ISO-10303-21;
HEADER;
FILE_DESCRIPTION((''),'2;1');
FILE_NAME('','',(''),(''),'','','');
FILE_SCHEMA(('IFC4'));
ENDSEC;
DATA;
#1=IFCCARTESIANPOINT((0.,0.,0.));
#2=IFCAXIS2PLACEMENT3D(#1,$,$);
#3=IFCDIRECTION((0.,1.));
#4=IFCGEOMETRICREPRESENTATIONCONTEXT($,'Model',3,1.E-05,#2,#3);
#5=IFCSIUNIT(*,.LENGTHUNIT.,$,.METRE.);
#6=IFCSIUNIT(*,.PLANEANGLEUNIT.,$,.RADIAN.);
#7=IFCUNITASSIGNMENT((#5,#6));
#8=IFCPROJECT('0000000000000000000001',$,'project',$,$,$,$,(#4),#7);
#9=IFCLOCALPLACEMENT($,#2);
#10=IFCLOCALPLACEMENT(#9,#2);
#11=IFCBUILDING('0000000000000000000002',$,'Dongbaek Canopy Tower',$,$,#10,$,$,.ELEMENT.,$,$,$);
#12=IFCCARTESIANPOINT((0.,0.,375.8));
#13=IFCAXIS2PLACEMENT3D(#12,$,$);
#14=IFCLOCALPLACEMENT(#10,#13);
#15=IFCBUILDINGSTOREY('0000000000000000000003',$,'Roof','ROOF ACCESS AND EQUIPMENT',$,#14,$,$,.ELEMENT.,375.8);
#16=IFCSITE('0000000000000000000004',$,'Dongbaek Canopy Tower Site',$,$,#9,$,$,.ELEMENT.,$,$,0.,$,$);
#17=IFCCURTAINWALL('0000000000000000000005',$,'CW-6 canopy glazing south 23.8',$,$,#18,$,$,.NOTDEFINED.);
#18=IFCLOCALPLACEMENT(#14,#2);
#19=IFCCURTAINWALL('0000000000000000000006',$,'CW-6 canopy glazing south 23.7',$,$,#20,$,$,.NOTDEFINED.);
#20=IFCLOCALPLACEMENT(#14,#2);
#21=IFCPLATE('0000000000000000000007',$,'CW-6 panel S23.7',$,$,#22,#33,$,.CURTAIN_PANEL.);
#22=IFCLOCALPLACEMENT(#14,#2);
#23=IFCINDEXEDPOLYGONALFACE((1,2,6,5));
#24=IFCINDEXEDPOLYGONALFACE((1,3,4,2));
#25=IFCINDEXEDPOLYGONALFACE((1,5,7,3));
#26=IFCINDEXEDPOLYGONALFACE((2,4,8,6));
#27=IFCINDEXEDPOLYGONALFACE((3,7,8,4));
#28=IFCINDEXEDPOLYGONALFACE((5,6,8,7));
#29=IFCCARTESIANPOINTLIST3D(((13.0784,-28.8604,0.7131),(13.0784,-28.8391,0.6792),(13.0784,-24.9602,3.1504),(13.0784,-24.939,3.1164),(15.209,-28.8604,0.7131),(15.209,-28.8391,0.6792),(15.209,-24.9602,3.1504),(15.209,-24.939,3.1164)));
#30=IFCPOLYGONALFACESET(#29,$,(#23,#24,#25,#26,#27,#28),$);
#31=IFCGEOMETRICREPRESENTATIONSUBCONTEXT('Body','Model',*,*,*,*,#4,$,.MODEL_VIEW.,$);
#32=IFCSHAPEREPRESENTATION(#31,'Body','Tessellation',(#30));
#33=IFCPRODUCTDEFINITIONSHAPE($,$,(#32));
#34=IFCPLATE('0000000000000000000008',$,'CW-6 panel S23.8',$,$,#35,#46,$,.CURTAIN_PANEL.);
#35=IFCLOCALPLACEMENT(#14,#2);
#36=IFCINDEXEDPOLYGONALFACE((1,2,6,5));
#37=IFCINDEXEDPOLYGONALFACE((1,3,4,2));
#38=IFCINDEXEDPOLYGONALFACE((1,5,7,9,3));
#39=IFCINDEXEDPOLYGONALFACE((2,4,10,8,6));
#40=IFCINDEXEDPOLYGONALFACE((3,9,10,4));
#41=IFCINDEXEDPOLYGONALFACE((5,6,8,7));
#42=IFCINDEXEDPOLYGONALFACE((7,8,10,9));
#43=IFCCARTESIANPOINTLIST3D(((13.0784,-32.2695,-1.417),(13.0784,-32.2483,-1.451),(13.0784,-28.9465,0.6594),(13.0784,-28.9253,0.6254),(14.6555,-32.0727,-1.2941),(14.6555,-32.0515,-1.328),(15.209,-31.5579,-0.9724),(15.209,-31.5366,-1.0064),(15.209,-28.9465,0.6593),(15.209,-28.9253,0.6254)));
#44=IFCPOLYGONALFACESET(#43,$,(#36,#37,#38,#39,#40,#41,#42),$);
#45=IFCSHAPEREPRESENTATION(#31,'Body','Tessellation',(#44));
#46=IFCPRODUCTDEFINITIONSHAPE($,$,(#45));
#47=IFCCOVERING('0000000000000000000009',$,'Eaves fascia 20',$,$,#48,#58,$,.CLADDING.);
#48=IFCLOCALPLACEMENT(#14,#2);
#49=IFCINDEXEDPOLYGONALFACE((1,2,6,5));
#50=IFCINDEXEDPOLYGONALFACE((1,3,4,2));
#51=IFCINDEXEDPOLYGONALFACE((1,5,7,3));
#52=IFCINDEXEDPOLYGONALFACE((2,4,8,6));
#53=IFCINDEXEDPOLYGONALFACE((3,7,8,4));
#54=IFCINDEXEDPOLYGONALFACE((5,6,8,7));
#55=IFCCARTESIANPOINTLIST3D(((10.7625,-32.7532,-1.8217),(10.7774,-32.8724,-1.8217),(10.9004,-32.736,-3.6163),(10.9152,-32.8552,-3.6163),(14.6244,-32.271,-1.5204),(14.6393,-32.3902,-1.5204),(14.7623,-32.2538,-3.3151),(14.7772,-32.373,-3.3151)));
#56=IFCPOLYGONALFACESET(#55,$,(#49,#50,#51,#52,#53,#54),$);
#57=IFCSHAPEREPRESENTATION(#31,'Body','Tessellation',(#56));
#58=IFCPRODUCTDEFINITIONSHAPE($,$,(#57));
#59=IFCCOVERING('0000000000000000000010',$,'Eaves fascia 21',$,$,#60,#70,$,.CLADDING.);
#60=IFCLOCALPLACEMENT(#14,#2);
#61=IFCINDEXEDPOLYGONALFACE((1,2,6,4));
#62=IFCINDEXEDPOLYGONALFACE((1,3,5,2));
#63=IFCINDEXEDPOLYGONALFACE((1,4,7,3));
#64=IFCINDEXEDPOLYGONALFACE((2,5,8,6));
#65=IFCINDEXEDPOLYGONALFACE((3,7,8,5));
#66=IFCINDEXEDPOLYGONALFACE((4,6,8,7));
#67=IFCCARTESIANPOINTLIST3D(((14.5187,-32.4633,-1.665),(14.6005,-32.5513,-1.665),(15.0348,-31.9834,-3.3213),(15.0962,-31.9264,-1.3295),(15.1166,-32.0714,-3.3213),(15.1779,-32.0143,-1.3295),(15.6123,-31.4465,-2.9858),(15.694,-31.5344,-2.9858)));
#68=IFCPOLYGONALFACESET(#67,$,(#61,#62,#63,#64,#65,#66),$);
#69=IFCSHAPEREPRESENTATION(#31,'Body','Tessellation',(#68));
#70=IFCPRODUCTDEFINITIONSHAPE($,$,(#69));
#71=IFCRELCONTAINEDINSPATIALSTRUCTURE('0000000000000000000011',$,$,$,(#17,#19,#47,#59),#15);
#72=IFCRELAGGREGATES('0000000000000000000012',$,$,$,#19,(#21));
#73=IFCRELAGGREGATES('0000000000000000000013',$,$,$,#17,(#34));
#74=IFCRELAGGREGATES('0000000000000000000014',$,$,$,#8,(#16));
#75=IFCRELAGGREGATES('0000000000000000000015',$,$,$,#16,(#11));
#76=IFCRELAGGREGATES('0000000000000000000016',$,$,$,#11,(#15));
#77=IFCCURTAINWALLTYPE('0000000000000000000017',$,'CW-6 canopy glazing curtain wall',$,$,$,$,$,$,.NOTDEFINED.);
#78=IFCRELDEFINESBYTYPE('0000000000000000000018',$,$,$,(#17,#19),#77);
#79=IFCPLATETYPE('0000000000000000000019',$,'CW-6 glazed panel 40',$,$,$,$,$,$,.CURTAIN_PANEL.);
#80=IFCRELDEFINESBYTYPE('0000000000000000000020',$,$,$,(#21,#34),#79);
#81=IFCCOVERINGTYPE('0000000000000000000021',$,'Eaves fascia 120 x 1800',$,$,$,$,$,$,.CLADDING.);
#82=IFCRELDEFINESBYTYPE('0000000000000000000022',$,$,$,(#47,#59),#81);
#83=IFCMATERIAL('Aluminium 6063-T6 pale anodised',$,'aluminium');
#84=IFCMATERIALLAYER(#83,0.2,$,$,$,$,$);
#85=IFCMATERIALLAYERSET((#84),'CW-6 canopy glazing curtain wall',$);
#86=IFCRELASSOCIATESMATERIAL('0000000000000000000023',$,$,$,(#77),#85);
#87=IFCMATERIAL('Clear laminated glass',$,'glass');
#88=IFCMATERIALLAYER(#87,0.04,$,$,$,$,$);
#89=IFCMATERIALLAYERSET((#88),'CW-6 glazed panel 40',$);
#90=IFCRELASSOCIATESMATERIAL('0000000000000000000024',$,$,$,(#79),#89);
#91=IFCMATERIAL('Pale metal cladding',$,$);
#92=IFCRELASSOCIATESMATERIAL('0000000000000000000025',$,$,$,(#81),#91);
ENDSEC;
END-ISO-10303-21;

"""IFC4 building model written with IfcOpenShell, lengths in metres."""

from ifc_helpers import new_model, si_unit, direction, frame, origin, origin_2d, place, context, subcontext, project, spatial, polyline, rectangle, outline, extrude, material, layer, layer_set, material_profile, profile_set, type_object, element, aggregate, save


model = new_model("IFC4")

# Units and contexts
model_context = context("Model", 3, precision=1e-05, world=origin(), true_north=direction((0.0, 1.0)))
body_context = subcontext(model_context, "Body", "Model", "MODEL_VIEW")
ifc_project = project(units=[si_unit("LENGTHUNIT", "METRE"), si_unit("PLANEANGLEUNIT", "RADIAN")], contexts=[model_context])

# Site, building, storey
site_placement = place(None, origin())
site = spatial("IfcSite", under=ifc_project, at=site_placement, Name="Dongbaek Canopy Tower Site", CompositionType="ELEMENT", RefElevation=0.0)
building_placement = place(site_placement, origin())
building = spatial("IfcBuilding", under=site, at=building_placement, Name="Dongbaek Canopy Tower", CompositionType="ELEMENT")
storey_placement = place(building_placement, frame((0.0, 0.0, 375.8)))
storey = spatial("IfcBuildingStorey", under=building, at=storey_placement, Name="Roof", Description="ROOF ACCESS AND EQUIPMENT", CompositionType="ELEMENT", Elevation=375.8)

# Curtain wall
ifc_material_1 = material(Name="Aluminium 6063-T6 pale anodised", Category="aluminium")
ifc_layer_1 = layer(ifc_material_1, 0.2)
ifc_layer_set_1 = layer_set([ifc_layer_1], Name="CW-6 canopy glazing curtain wall")
curtain_wall_type = type_object("IfcCurtainWallType", Name="CW-6 canopy glazing curtain wall", PredefinedType="NOTDEFINED", material=ifc_layer_set_1)
curtain_wall_1_placement = place(storey_placement, origin())
curtain_wall_1 = element("IfcCurtainWall", 1, at=curtain_wall_1_placement, inside=storey, type_object=curtain_wall_type, Name="CW-6 canopy glazing south 23.8", PredefinedType="NOTDEFINED")

# Curtain wall
curtain_wall_2_placement = place(storey_placement, origin())
curtain_wall_2 = element("IfcCurtainWall", 2, at=curtain_wall_2_placement, inside=storey, type_object=curtain_wall_type, Name="CW-6 canopy glazing south 23.7", PredefinedType="NOTDEFINED")

# Plates
ifc_material_2 = material(Name="Clear laminated glass", Category="glass")
ifc_layer_2 = layer(ifc_material_2, 0.04)
ifc_layer_set_2 = layer_set([ifc_layer_2], Name="CW-6 glazed panel 40")
plate_type = type_object("IfcPlateType", Name="CW-6 glazed panel 40", PredefinedType="CURTAIN_PANEL", material=ifc_layer_set_2)
plate_1_placement = place(storey_placement, frame((15.209, -28.8604, 0.7131), z_axis=(0.0, -0.529946, 0.848031), x_axis=(-1.0, 0.0, 0.0)))
plate_1 = element("IfcPlate", 3, at=plate_1_placement, type_object=plate_type, Name="CW-6 panel S23.7", PredefinedType="CURTAIN_PANEL", context=body_context, shape_type="SweptSolid", body=[
    extrude(outline(polyline([(0.0, 0.0), (2.1306, 0.0), (2.1306, -4.5991), (0.0, -4.5991), (0.0, 0.0)])), origin(), (0.0, 0.0, -1.0), 0.04),
])
aggregate(curtain_wall_2, [plate_1])
plate_2_placement = place(storey_placement, frame((15.209, -31.5579, -0.9724), z_axis=(0.000019, -0.529909, 0.848054), x_axis=(-0.673746, -0.626687, -0.391572)))
plate_2 = element("IfcPlate", 4, at=plate_2_placement, type_object=plate_type, Name="CW-6 panel S23.8", PredefinedType="CURTAIN_PANEL", context=body_context, shape_type="SweptSolid", body=[
    extrude(outline(polyline([(0.0, 0.0), (0.8215, 0.0), (2.0556, -1.0091), (-0.84, -3.6491), (-2.2755, -2.0746), (0.0, 0.0)])), origin(), (0.0, 0.0, -1.0), 0.04),
])
aggregate(curtain_wall_1, [plate_2])

# Coverings
ifc_material_3 = material(Name="Pale metal cladding")
ifc_material_profile_1 = material_profile(ifc_material_3, rectangle(XDim=0.1201, YDim=1.8, at=origin_2d()), Name="Eaves fascia 120 x 1800")
ifc_profile_set_1 = profile_set([ifc_material_profile_1], Name="Pale metal cladding")
covering_type = type_object("IfcCoveringType", Name="Eaves fascia 120 x 1800", PredefinedType="CLADDING", material=ifc_profile_set_1)
covering_1_placement = place(storey_placement, frame((10.8389, -32.8042, -2.719), z_axis=(0.989335, 0.123526, 0.07718), x_axis=(-0.123896, 0.992295, 0.0)))
element("IfcCovering", 5, at=covering_1_placement, inside=storey, type_object=covering_type, Name="Eaves fascia 20", PredefinedType="CLADDING", context=body_context, shape_type="SweptSolid", body=[
    extrude(rectangle(XDim=0.1201, YDim=1.8, at=origin_2d()), origin(), (0.0, 0.0, 1.0), 3.9036),
])
covering_2_placement = place(storey_placement, frame((14.8176, -32.2673, -2.4932), z_axis=(0.673882, 0.626582, 0.391507), x_axis=(-0.680938, 0.732341, 0.0)))
element("IfcCovering", 6, at=covering_2_placement, inside=storey, type_object=covering_type, Name="Eaves fascia 21", PredefinedType="CLADDING", context=body_context, shape_type="SweptSolid", body=[
    extrude(rectangle(XDim=0.1201, YDim=1.8, at=origin_2d()), origin(), (0.0, 0.0, 1.0), 0.8569),
])

save(model, "model.ifc")
